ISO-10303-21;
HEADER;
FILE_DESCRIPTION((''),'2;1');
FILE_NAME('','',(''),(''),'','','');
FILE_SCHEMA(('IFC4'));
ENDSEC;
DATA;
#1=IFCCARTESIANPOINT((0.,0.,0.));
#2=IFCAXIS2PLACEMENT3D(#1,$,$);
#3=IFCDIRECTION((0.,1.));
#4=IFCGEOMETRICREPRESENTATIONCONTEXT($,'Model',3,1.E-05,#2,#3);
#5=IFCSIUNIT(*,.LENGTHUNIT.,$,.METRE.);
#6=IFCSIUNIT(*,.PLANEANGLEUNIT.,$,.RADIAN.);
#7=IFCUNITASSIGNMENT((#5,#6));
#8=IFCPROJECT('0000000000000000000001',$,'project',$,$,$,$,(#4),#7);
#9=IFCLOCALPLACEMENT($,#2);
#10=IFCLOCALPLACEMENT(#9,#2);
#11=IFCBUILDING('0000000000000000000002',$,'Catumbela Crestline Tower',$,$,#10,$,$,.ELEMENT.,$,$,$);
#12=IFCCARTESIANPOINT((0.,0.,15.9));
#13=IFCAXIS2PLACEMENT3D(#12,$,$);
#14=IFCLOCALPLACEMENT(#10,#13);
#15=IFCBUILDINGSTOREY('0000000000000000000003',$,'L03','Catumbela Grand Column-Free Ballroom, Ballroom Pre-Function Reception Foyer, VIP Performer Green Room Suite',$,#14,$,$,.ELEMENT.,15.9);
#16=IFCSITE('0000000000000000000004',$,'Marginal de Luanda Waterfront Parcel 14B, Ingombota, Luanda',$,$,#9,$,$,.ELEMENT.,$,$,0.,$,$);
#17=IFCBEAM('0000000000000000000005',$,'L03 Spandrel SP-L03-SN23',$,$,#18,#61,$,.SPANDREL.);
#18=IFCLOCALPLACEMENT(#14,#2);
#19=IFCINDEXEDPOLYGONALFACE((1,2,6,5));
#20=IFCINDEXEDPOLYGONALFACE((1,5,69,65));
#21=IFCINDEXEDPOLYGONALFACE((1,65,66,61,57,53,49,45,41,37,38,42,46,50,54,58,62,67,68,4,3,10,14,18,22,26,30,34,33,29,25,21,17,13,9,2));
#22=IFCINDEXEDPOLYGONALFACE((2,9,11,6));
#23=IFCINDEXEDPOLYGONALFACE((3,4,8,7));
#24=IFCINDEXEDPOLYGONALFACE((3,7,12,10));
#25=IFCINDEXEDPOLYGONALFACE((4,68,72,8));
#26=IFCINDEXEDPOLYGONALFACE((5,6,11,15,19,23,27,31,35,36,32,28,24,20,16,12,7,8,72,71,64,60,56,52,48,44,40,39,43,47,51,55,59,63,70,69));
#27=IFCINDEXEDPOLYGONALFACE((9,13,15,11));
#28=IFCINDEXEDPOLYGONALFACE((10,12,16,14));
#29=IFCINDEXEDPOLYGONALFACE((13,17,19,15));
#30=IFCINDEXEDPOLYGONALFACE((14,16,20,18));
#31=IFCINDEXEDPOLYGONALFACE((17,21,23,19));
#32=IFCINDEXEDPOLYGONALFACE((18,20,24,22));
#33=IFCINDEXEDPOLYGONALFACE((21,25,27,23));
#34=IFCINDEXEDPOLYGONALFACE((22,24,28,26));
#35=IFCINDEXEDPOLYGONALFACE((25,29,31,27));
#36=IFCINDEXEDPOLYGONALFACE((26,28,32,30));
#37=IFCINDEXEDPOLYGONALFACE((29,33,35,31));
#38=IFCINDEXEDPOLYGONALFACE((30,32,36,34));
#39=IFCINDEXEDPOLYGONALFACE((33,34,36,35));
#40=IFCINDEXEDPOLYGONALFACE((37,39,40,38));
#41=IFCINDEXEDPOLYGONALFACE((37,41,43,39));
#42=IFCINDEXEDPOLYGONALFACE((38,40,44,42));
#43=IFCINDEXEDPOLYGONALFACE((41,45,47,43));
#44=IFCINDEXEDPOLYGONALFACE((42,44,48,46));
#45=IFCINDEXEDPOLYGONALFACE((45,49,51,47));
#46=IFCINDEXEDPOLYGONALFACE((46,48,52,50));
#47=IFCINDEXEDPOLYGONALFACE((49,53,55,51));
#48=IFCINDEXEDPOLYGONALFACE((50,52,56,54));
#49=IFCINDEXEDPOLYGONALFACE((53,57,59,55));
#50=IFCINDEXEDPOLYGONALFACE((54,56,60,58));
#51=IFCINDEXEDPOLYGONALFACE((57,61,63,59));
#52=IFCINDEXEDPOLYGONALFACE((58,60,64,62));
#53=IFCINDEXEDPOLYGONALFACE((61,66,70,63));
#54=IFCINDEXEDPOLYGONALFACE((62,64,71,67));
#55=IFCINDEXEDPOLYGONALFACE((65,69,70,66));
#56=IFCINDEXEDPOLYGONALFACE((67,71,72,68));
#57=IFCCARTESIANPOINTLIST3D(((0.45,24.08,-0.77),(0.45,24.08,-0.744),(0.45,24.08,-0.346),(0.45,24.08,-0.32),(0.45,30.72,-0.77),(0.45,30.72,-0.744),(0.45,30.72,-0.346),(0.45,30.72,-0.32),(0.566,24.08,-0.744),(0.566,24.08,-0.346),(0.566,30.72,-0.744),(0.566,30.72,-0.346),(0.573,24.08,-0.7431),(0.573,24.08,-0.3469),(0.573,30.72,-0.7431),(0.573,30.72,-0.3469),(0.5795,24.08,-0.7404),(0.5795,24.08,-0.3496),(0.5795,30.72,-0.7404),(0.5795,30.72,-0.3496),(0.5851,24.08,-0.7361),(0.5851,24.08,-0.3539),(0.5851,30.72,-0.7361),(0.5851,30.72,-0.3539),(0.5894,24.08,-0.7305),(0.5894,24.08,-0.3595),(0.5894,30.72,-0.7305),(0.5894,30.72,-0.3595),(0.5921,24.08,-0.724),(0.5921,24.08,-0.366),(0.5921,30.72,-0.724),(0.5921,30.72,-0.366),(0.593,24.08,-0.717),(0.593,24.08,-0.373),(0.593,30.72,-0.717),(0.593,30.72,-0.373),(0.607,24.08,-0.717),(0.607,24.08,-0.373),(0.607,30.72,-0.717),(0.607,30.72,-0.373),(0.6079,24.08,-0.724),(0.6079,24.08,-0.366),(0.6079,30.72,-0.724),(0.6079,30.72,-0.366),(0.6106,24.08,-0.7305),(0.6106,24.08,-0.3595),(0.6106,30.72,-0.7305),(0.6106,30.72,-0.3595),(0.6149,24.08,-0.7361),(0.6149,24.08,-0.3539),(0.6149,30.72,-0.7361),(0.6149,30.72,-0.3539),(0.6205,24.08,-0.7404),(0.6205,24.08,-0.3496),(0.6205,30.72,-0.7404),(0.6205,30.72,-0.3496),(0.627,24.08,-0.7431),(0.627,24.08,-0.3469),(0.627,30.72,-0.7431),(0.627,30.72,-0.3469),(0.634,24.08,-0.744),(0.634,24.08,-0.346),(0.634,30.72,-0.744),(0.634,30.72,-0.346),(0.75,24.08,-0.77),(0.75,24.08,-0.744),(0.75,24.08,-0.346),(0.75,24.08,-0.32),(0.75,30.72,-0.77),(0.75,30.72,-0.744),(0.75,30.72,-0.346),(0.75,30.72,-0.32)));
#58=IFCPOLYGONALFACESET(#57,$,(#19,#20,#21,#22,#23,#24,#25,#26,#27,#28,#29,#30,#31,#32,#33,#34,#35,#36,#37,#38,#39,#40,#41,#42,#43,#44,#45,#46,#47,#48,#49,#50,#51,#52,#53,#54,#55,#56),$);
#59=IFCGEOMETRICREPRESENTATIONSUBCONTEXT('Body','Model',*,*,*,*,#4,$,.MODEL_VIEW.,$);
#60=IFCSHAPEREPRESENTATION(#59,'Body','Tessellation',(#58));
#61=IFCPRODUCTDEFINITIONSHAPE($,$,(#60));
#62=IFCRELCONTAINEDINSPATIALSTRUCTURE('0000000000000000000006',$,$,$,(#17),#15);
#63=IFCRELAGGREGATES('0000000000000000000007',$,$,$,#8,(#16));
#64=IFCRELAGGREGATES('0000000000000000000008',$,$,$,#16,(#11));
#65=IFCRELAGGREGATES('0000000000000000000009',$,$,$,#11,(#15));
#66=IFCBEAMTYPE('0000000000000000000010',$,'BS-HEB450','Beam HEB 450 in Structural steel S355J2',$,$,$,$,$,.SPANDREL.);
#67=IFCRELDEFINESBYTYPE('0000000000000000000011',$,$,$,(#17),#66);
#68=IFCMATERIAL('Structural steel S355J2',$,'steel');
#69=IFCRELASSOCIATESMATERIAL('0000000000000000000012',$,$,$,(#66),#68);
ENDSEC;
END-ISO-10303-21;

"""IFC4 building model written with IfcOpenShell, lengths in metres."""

from ifc_helpers import new_model, si_unit, direction, frame, origin, origin_2d, place, context, subcontext, project, spatial, i_section, extrude, material, material_profile, profile_set, type_object, element, save


model = new_model("IFC4")

# Units and contexts
model_context = context("Model", 3, precision=1e-05, world=origin(), true_north=direction((0.0, 1.0)))
body_context = subcontext(model_context, "Body", "Model", "MODEL_VIEW")
ifc_project = project(units=[si_unit("LENGTHUNIT", "METRE"), si_unit("PLANEANGLEUNIT", "RADIAN")], contexts=[model_context])

# Site, building, storey
site_placement = place(None, origin())
site = spatial("IfcSite", under=ifc_project, at=site_placement, Name="Marginal de Luanda Waterfront Parcel 14B, Ingombota, Luanda", CompositionType="ELEMENT", RefElevation=0.0)
building_placement = place(site_placement, origin())
building = spatial("IfcBuilding", under=site, at=building_placement, Name="Catumbela Crestline Tower", CompositionType="ELEMENT")
storey_placement = place(building_placement, frame((0.0, 0.0, 15.9)))
storey = spatial("IfcBuildingStorey", under=building, at=storey_placement, Name="L03", Description="Catumbela Grand Column-Free Ballroom, Ballroom Pre-Function Reception Foyer, VIP Performer Green Room Suite", CompositionType="ELEMENT", Elevation=15.9)

# Shared definitions
ifc_material_1 = material(Name="Structural steel S355J2", Category="steel")

# Beam
ifc_material_profile_1 = material_profile(ifc_material_1, i_section(OverallWidth=0.3, OverallDepth=0.45, WebThickness=0.014, FlangeThickness=0.026, FilletRadius=0.027, at=origin_2d()), Name="HEB 450")
ifc_profile_set_1 = profile_set([ifc_material_profile_1], Name="Structural steel S355J2")
beam_type_1 = type_object("IfcBeamType", Name="BS-HEB450", Description="Beam HEB 450 in Structural steel S355J2", PredefinedType="SPANDREL", material=ifc_profile_set_1)
beam_1_placement = place(storey_placement, frame((0.6, 24.08, -0.545), z_axis=(0.0, 1.0, 0.0), x_axis=(-1.0, 0.0, 0.0)))
element("IfcBeam", 1, at=beam_1_placement, inside=storey, type_object=beam_type_1, Name="L03 Spandrel SP-L03-SN23", PredefinedType="SPANDREL", context=body_context, shape_type="SweptSolid", body=[
    extrude(i_section(OverallWidth=0.3, OverallDepth=0.45, WebThickness=0.014, FlangeThickness=0.026, FilletRadius=0.027, at=origin_2d()), origin(), (0.0, 0.0, 1.0), 6.64),
])

save(model, "model.ifc")
